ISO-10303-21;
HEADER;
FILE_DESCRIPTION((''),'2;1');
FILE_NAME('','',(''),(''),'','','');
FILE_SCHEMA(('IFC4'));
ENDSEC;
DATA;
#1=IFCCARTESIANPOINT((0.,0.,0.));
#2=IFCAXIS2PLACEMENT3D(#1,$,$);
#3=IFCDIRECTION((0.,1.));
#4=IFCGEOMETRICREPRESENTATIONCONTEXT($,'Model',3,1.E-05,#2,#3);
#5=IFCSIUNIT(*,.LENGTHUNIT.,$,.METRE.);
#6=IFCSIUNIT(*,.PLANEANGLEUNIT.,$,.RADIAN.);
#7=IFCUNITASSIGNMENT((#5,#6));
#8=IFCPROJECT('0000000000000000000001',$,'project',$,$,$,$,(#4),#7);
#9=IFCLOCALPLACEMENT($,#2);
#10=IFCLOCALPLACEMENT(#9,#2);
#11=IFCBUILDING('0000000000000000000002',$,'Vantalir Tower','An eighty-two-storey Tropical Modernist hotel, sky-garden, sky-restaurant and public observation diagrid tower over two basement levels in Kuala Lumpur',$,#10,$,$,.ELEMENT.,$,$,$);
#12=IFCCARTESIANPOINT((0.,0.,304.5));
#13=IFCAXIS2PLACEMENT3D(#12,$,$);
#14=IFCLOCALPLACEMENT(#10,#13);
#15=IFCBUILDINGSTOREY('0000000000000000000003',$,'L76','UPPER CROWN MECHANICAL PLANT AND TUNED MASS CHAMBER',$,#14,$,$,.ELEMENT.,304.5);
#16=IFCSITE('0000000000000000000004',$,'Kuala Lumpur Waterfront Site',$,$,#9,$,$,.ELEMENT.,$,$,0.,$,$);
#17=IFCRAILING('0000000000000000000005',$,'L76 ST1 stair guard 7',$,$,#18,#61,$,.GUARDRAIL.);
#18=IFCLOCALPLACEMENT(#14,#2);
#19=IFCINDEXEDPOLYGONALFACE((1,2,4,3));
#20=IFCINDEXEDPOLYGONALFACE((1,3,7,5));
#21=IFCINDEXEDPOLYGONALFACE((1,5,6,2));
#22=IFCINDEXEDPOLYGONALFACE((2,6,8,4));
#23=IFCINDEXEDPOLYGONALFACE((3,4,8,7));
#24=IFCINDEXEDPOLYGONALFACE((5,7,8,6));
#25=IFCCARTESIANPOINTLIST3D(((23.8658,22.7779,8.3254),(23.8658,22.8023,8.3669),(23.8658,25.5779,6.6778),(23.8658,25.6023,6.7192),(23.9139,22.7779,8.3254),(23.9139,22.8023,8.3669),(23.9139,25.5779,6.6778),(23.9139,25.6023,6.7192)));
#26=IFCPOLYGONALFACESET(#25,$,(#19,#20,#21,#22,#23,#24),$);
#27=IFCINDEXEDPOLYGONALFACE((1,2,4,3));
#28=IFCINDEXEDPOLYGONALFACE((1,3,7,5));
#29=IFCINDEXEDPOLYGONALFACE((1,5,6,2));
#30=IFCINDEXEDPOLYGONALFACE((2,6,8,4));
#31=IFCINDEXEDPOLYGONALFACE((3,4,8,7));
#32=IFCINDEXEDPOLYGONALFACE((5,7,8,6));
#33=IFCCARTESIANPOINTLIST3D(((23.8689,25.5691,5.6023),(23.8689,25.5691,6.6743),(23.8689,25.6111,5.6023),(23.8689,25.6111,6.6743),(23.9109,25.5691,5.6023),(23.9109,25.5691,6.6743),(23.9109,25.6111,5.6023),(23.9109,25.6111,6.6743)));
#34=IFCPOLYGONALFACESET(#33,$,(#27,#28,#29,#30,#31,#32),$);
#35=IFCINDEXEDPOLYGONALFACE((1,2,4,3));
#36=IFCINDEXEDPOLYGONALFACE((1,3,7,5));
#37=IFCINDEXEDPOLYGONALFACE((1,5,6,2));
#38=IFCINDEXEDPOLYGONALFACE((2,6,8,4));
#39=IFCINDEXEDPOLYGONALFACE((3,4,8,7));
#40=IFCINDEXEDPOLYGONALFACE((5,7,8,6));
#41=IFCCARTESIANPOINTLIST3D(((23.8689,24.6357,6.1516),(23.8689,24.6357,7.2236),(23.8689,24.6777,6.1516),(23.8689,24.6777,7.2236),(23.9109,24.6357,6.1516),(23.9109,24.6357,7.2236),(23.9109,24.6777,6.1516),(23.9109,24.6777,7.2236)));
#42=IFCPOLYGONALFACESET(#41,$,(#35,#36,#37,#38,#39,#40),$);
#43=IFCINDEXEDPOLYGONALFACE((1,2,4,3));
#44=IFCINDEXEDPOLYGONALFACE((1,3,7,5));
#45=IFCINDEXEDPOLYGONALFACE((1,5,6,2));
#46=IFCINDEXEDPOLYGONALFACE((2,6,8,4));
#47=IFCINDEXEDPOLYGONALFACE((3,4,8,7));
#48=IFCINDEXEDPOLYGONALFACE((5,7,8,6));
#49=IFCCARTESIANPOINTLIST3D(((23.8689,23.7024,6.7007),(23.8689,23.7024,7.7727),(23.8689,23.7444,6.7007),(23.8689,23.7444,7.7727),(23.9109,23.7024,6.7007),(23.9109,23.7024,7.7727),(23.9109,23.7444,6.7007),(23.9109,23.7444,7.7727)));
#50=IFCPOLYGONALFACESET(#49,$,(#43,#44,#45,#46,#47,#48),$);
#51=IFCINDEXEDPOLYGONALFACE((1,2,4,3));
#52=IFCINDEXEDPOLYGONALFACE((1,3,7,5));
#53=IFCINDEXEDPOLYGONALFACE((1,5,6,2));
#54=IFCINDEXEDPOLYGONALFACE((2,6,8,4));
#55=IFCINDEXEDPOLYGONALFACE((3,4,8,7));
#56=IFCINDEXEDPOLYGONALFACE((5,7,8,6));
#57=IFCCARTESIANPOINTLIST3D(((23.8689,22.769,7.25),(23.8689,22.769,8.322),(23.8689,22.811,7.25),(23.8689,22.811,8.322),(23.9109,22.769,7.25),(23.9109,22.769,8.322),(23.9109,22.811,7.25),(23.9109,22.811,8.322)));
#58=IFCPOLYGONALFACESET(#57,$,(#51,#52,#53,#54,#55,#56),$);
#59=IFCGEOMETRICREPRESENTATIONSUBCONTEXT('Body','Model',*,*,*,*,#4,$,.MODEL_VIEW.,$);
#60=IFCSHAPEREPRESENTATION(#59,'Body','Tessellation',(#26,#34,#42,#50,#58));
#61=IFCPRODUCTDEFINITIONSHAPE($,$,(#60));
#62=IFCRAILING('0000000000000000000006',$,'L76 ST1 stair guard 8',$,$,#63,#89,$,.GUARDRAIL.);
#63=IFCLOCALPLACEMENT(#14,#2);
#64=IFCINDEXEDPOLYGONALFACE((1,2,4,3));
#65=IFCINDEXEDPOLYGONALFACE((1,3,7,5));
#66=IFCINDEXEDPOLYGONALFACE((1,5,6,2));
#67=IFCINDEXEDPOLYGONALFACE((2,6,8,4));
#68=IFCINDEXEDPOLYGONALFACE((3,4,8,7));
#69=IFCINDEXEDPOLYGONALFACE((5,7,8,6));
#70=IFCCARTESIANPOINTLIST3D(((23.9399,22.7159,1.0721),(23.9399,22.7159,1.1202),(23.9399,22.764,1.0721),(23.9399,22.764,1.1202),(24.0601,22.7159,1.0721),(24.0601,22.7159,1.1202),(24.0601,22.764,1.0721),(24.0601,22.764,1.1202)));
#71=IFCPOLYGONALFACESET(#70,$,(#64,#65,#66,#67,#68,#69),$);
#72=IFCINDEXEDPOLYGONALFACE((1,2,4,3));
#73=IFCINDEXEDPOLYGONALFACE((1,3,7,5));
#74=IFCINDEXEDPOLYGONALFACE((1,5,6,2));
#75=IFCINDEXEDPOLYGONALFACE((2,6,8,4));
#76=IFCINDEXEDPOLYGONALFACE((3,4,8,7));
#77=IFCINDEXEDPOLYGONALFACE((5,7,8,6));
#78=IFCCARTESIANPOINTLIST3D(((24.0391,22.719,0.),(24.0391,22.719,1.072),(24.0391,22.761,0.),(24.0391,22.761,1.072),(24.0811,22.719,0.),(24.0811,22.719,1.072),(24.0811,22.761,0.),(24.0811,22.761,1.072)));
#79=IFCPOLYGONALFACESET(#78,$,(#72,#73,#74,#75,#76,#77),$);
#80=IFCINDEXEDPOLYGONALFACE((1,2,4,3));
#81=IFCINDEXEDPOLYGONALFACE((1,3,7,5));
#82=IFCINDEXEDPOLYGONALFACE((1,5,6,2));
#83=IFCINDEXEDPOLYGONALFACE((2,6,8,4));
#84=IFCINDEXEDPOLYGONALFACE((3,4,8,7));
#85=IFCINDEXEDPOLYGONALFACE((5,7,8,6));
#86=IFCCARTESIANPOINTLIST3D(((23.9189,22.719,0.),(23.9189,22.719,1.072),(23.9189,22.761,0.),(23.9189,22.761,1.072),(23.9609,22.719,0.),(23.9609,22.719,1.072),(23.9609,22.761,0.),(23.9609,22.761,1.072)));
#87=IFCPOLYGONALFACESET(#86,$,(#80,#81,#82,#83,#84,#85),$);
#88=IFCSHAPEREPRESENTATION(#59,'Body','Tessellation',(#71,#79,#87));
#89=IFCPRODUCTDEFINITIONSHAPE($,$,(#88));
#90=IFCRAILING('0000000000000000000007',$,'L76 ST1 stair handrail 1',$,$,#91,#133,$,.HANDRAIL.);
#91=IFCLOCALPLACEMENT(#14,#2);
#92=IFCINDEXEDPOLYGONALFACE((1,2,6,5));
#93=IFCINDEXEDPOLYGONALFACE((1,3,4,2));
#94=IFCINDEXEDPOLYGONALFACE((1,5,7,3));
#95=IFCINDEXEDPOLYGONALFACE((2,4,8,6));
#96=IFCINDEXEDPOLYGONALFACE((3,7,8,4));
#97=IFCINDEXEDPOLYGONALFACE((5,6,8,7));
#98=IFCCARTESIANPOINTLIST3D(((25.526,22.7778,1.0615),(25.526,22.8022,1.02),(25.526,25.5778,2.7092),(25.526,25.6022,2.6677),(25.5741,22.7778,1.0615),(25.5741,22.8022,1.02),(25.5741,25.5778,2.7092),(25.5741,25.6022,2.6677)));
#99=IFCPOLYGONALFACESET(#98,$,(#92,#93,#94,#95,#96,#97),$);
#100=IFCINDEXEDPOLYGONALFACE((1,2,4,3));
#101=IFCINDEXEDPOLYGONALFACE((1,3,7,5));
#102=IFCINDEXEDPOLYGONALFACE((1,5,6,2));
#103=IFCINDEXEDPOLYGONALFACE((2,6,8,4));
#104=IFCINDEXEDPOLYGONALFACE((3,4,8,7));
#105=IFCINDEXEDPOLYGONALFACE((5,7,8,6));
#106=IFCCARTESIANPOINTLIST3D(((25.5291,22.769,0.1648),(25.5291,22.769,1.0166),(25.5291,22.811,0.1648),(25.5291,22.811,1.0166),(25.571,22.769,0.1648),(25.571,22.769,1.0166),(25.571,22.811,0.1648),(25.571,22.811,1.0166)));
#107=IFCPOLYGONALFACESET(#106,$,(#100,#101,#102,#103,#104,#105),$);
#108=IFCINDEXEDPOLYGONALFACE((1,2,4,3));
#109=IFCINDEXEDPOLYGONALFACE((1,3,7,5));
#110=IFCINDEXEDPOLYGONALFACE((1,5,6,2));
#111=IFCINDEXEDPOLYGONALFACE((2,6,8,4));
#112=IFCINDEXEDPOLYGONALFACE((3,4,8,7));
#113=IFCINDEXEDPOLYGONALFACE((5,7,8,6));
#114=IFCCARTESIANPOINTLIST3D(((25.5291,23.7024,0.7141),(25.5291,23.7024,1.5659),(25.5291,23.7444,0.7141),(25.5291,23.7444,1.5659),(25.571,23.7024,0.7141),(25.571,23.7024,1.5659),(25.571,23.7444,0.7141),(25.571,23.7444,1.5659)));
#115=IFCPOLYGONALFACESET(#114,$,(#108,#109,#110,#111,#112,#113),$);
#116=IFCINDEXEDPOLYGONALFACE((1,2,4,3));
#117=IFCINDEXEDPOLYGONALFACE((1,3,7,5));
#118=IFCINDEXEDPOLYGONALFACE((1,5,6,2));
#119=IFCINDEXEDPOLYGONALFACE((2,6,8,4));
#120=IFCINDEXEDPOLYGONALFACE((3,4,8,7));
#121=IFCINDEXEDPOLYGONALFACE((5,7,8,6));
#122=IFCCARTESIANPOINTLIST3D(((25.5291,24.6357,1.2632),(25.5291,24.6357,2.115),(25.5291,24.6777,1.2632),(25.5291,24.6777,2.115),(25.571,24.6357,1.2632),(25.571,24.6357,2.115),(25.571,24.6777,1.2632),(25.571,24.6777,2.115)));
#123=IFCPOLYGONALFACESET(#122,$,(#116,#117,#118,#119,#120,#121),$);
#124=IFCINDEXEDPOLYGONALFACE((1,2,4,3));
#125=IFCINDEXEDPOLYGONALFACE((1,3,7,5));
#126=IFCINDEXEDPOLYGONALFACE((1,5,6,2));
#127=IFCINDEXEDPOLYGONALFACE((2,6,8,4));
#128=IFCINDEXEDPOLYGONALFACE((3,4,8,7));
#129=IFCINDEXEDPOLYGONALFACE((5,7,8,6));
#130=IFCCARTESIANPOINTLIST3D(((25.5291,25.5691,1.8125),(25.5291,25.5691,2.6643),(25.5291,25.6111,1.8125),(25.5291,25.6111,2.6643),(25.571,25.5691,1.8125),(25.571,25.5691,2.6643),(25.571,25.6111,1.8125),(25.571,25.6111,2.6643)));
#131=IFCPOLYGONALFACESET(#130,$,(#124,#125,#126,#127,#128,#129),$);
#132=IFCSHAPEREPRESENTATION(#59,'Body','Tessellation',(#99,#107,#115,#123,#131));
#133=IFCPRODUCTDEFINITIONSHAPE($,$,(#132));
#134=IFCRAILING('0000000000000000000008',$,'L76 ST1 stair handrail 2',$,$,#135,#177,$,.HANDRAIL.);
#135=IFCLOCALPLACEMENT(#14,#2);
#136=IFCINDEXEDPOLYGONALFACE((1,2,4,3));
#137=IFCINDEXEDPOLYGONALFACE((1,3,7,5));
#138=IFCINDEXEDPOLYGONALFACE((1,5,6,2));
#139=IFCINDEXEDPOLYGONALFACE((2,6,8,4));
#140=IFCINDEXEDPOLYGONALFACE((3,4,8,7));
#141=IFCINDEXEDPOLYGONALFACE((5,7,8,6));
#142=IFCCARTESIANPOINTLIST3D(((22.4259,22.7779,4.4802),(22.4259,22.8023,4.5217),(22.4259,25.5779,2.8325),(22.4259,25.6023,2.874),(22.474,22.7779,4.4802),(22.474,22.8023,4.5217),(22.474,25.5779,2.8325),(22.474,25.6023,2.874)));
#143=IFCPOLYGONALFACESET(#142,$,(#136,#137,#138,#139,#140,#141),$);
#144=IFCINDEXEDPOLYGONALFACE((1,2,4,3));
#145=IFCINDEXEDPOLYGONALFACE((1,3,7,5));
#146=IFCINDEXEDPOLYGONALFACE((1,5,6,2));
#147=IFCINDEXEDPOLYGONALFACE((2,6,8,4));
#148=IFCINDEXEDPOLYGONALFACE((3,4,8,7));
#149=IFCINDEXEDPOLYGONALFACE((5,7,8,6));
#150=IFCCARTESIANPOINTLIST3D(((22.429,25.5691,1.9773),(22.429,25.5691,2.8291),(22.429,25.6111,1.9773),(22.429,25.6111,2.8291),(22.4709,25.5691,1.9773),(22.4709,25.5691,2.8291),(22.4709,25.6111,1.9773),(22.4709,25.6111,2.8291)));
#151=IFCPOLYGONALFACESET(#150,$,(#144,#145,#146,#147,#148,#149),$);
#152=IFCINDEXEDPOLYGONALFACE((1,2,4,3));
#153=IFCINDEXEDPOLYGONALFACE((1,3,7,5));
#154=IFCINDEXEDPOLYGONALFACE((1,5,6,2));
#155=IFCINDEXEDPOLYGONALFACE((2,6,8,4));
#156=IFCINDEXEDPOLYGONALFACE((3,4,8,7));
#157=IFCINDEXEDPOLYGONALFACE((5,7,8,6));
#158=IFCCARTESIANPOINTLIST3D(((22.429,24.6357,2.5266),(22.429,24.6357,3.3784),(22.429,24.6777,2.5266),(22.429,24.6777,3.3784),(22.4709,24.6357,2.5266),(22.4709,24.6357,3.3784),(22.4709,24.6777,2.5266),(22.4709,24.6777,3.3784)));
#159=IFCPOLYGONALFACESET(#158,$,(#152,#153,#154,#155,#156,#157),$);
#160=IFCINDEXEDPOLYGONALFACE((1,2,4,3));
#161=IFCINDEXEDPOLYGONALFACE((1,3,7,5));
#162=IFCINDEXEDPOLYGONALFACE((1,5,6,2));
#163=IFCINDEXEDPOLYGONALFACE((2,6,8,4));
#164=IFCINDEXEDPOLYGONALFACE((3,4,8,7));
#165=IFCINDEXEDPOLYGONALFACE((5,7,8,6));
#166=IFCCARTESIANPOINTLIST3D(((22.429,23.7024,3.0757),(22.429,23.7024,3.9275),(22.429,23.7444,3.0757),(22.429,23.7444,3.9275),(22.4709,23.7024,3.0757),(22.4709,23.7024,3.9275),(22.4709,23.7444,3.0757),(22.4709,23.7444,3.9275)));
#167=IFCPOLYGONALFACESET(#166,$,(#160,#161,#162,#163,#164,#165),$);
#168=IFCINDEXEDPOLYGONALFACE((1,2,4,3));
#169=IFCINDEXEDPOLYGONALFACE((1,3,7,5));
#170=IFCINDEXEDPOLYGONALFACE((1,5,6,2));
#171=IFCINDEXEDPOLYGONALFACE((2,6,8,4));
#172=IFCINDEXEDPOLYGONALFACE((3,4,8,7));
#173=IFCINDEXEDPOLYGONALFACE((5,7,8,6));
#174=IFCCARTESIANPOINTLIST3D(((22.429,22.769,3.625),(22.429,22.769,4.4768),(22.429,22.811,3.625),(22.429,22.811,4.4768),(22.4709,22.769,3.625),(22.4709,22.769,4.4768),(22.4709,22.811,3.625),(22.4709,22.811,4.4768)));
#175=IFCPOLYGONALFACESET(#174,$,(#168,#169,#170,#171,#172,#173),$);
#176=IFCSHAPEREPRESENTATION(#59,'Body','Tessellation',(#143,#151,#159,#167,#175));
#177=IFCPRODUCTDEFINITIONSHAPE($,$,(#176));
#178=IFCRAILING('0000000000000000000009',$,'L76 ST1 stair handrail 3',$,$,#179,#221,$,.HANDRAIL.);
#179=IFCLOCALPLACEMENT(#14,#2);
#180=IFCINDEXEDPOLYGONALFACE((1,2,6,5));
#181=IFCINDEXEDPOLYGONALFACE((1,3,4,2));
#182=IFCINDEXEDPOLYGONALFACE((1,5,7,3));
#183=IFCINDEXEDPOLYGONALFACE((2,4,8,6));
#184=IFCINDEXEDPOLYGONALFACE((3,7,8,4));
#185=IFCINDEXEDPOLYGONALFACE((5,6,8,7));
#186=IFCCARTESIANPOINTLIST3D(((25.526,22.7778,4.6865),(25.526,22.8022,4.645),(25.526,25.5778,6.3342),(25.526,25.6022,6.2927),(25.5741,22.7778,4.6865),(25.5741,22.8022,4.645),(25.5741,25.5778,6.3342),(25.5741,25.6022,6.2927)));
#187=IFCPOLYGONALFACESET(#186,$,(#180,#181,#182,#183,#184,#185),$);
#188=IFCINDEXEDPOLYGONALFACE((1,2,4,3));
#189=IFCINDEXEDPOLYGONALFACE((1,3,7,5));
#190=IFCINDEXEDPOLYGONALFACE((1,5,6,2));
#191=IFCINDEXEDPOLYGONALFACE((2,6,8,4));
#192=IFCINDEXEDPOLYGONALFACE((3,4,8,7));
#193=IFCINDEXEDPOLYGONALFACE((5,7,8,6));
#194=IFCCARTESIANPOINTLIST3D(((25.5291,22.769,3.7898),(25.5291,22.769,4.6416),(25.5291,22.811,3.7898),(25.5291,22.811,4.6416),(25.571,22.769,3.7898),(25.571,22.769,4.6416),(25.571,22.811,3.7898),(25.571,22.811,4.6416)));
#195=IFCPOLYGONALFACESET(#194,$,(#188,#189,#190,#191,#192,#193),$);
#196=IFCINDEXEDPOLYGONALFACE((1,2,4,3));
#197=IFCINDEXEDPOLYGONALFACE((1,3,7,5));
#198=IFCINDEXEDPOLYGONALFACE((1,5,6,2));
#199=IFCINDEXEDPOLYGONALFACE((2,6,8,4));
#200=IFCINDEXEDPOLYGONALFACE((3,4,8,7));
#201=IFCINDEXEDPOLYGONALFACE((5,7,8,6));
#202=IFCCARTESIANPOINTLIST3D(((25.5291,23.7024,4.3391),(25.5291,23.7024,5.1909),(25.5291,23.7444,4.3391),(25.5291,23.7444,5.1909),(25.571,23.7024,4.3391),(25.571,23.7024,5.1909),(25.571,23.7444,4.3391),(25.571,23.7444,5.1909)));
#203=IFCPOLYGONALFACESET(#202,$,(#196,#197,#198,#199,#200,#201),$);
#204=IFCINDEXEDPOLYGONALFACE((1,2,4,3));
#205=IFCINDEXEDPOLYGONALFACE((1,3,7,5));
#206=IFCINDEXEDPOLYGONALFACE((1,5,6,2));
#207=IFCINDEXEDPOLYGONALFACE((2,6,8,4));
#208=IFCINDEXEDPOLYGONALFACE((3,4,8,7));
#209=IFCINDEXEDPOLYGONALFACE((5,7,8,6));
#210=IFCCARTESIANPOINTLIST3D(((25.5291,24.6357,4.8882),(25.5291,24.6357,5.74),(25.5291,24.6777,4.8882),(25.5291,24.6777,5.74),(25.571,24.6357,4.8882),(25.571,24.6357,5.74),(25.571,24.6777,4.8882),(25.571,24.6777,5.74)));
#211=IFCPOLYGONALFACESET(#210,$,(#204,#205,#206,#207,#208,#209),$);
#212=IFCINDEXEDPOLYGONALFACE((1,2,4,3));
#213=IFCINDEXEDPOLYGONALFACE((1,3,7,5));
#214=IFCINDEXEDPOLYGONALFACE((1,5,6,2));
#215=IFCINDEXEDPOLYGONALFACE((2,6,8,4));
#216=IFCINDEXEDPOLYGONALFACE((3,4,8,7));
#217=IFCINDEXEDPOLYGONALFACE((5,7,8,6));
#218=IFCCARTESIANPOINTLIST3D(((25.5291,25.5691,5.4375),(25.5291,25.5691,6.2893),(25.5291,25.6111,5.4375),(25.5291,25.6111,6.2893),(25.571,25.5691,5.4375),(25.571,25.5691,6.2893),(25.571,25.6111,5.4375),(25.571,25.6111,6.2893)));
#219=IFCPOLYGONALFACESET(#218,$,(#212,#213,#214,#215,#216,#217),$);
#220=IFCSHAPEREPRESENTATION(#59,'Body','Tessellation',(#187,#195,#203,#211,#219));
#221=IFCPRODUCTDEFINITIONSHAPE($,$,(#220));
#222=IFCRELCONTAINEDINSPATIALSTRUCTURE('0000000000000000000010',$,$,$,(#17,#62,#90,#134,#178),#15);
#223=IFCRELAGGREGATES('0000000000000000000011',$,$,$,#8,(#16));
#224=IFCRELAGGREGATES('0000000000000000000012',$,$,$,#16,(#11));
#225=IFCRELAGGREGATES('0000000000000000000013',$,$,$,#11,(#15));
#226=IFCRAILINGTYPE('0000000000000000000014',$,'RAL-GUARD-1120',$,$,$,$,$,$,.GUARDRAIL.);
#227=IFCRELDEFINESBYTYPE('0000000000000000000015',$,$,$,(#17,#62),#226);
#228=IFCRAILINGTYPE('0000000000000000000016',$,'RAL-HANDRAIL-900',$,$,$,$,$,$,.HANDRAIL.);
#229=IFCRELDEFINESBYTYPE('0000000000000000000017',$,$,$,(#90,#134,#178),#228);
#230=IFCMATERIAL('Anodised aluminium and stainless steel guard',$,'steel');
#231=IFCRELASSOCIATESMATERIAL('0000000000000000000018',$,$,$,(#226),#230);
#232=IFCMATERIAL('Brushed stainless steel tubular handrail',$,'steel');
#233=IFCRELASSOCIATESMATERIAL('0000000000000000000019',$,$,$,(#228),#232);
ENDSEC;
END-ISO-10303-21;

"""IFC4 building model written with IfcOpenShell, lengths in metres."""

from ifc_helpers import new_model, si_unit, direction, frame, origin, origin_2d, place, context, subcontext, project, spatial, rectangle, extrude, material, type_object, element, save


model = new_model("IFC4")

# Units and contexts
model_context = context("Model", 3, precision=1e-05, world=origin(), true_north=direction((0.0, 1.0)))
body_context = subcontext(model_context, "Body", "Model", "MODEL_VIEW")
ifc_project = project(units=[si_unit("LENGTHUNIT", "METRE"), si_unit("PLANEANGLEUNIT", "RADIAN")], contexts=[model_context])

# Site, building, storey
site_placement = place(None, origin())
site = spatial("IfcSite", under=ifc_project, at=site_placement, Name="Kuala Lumpur Waterfront Site", CompositionType="ELEMENT", RefElevation=0.0)
building_placement = place(site_placement, origin())
building = spatial("IfcBuilding", under=site, at=building_placement, Name="Vantalir Tower", Description="An eighty-two-storey Tropical Modernist hotel, sky-garden, sky-restaurant and public observation diagrid tower over two basement levels in Kuala Lumpur", CompositionType="ELEMENT")
storey_placement = place(building_placement, frame((0.0, 0.0, 304.5)))
storey = spatial("IfcBuildingStorey", under=building, at=storey_placement, Name="L76", Description="UPPER CROWN MECHANICAL PLANT AND TUNED MASS CHAMBER", CompositionType="ELEMENT", Elevation=304.5)

# Railings
ifc_material_1 = material(Name="Anodised aluminium and stainless steel guard", Category="steel")
railing_type_1 = type_object("IfcRailingType", Name="RAL-GUARD-1120", PredefinedType="GUARDRAIL", material=ifc_material_1)
railing_1_placement = place(storey_placement, frame((23.8899, 25.5901, 5.6023)))
element("IfcRailing", 1, at=railing_1_placement, inside=storey, type_object=railing_type_1, Name="L76 ST1 stair guard 7", PredefinedType="GUARDRAIL", context=body_context, shape_type="SweptSolid", body=[
    extrude(rectangle(XDim=0.0481, YDim=0.0481, at=origin_2d()), frame((0.0, 0.0, 1.0962), z_axis=(0.0, -0.861851, 0.507161), x_axis=(1.0, 0.0, 0.0)), (0.0, 0.0, 1.0), 3.2488),
    extrude(rectangle(XDim=0.042, YDim=0.042, at=origin_2d()), origin(), (0.0, 0.0, 1.0), 1.072),
    extrude(rectangle(XDim=0.042, YDim=0.042, at=origin_2d()), frame((0.0, -0.9333, 0.5493)), (0.0, 0.0, 1.0), 1.072),
    extrude(rectangle(XDim=0.042, YDim=0.042, at=origin_2d()), frame((0.0, -1.8667, 1.0984)), (0.0, 0.0, 1.0), 1.072),
    extrude(rectangle(XDim=0.042, YDim=0.042, at=origin_2d()), frame((0.0, -2.8, 1.6477)), (0.0, 0.0, 1.0), 1.072),
])
railing_2_placement = place(storey_placement, frame((24.0601, 22.74, 0.0)))
element("IfcRailing", 2, at=railing_2_placement, inside=storey, type_object=railing_type_1, Name="L76 ST1 stair guard 8", PredefinedType="GUARDRAIL", context=body_context, shape_type="SweptSolid", body=[
    extrude(rectangle(XDim=0.0481, YDim=0.0481, at=origin_2d()), frame((0.0, 0.0, 1.0962), z_axis=(-1.0, 0.0, 0.0), x_axis=(0.0, -1.0, 0.0)), (0.0, 0.0, 1.0), 0.1201),
    extrude(rectangle(XDim=0.042, YDim=0.042, at=origin_2d()), origin(), (0.0, 0.0, 1.0), 1.072),
    extrude(rectangle(XDim=0.042, YDim=0.042, at=origin_2d()), frame((-0.1201, 0.0, 0.0)), (0.0, 0.0, 1.0), 1.072),
])
ifc_material_2 = material(Name="Brushed stainless steel tubular handrail", Category="steel")
railing_type_2 = type_object("IfcRailingType", Name="RAL-HANDRAIL-900", PredefinedType="HANDRAIL", material=ifc_material_2)
railing_3_placement = place(storey_placement, frame((25.55, 22.79, 0.1648)))
element("IfcRailing", 3, at=railing_3_placement, inside=storey, type_object=railing_type_2, Name="L76 ST1 stair handrail 1", PredefinedType="HANDRAIL", context=body_context, shape_type="SweptSolid", body=[
    extrude(rectangle(XDim=0.0481, YDim=0.0481, at=origin_2d()), frame((0.0, 0.0, 0.876), z_axis=(0.0, 0.861851, 0.507161), x_axis=(-1.0, 0.0, 0.0)), (0.0, 0.0, 1.0), 3.2488),
    extrude(rectangle(XDim=0.042, YDim=0.042, at=origin_2d()), origin(), (0.0, 0.0, 1.0), 0.8518),
    extrude(rectangle(XDim=0.042, YDim=0.042, at=origin_2d()), frame((0.0, 0.9333, 0.5493)), (0.0, 0.0, 1.0), 0.8518),
    extrude(rectangle(XDim=0.042, YDim=0.042, at=origin_2d()), frame((0.0, 1.8667, 1.0984)), (0.0, 0.0, 1.0), 0.8518),
    extrude(rectangle(XDim=0.042, YDim=0.042, at=origin_2d()), frame((0.0, 2.8, 1.6477)), (0.0, 0.0, 1.0), 0.8518),
])
railing_4_placement = place(storey_placement, frame((22.45, 25.5901, 1.9773)))
element("IfcRailing", 4, at=railing_4_placement, inside=storey, type_object=railing_type_2, Name="L76 ST1 stair handrail 2", PredefinedType="HANDRAIL", context=body_context, shape_type="SweptSolid", body=[
    extrude(rectangle(XDim=0.0481, YDim=0.0481, at=origin_2d()), frame((0.0, 0.0, 0.876), z_axis=(0.0, -0.861851, 0.507161), x_axis=(1.0, 0.0, 0.0)), (0.0, 0.0, 1.0), 3.2488),
    extrude(rectangle(XDim=0.042, YDim=0.042, at=origin_2d()), origin(), (0.0, 0.0, 1.0), 0.8518),
    extrude(rectangle(XDim=0.042, YDim=0.042, at=origin_2d()), frame((0.0, -0.9333, 0.5493)), (0.0, 0.0, 1.0), 0.8518),
    extrude(rectangle(XDim=0.042, YDim=0.042, at=origin_2d()), frame((0.0, -1.8667, 1.0984)), (0.0, 0.0, 1.0), 0.8518),
    extrude(rectangle(XDim=0.042, YDim=0.042, at=origin_2d()), frame((0.0, -2.8, 1.6477)), (0.0, 0.0, 1.0), 0.8518),
])
railing_5_placement = place(storey_placement, frame((25.55, 22.79, 3.7898)))
element("IfcRailing", 5, at=railing_5_placement, inside=storey, type_object=railing_type_2, Name="L76 ST1 stair handrail 3", PredefinedType="HANDRAIL", context=body_context, shape_type="SweptSolid", body=[
    extrude(rectangle(XDim=0.0481, YDim=0.0481, at=origin_2d()), frame((0.0, 0.0, 0.876), z_axis=(0.0, 0.861851, 0.507161), x_axis=(-1.0, 0.0, 0.0)), (0.0, 0.0, 1.0), 3.2488),
    extrude(rectangle(XDim=0.042, YDim=0.042, at=origin_2d()), origin(), (0.0, 0.0, 1.0), 0.8518),
    extrude(rectangle(XDim=0.042, YDim=0.042, at=origin_2d()), frame((0.0, 0.9333, 0.5493)), (0.0, 0.0, 1.0), 0.8518),
    extrude(rectangle(XDim=0.042, YDim=0.042, at=origin_2d()), frame((0.0, 1.8667, 1.0984)), (0.0, 0.0, 1.0), 0.8518),
    extrude(rectangle(XDim=0.042, YDim=0.042, at=origin_2d()), frame((0.0, 2.8, 1.6477)), (0.0, 0.0, 1.0), 0.8518),
])

save(model, "model.ifc")
